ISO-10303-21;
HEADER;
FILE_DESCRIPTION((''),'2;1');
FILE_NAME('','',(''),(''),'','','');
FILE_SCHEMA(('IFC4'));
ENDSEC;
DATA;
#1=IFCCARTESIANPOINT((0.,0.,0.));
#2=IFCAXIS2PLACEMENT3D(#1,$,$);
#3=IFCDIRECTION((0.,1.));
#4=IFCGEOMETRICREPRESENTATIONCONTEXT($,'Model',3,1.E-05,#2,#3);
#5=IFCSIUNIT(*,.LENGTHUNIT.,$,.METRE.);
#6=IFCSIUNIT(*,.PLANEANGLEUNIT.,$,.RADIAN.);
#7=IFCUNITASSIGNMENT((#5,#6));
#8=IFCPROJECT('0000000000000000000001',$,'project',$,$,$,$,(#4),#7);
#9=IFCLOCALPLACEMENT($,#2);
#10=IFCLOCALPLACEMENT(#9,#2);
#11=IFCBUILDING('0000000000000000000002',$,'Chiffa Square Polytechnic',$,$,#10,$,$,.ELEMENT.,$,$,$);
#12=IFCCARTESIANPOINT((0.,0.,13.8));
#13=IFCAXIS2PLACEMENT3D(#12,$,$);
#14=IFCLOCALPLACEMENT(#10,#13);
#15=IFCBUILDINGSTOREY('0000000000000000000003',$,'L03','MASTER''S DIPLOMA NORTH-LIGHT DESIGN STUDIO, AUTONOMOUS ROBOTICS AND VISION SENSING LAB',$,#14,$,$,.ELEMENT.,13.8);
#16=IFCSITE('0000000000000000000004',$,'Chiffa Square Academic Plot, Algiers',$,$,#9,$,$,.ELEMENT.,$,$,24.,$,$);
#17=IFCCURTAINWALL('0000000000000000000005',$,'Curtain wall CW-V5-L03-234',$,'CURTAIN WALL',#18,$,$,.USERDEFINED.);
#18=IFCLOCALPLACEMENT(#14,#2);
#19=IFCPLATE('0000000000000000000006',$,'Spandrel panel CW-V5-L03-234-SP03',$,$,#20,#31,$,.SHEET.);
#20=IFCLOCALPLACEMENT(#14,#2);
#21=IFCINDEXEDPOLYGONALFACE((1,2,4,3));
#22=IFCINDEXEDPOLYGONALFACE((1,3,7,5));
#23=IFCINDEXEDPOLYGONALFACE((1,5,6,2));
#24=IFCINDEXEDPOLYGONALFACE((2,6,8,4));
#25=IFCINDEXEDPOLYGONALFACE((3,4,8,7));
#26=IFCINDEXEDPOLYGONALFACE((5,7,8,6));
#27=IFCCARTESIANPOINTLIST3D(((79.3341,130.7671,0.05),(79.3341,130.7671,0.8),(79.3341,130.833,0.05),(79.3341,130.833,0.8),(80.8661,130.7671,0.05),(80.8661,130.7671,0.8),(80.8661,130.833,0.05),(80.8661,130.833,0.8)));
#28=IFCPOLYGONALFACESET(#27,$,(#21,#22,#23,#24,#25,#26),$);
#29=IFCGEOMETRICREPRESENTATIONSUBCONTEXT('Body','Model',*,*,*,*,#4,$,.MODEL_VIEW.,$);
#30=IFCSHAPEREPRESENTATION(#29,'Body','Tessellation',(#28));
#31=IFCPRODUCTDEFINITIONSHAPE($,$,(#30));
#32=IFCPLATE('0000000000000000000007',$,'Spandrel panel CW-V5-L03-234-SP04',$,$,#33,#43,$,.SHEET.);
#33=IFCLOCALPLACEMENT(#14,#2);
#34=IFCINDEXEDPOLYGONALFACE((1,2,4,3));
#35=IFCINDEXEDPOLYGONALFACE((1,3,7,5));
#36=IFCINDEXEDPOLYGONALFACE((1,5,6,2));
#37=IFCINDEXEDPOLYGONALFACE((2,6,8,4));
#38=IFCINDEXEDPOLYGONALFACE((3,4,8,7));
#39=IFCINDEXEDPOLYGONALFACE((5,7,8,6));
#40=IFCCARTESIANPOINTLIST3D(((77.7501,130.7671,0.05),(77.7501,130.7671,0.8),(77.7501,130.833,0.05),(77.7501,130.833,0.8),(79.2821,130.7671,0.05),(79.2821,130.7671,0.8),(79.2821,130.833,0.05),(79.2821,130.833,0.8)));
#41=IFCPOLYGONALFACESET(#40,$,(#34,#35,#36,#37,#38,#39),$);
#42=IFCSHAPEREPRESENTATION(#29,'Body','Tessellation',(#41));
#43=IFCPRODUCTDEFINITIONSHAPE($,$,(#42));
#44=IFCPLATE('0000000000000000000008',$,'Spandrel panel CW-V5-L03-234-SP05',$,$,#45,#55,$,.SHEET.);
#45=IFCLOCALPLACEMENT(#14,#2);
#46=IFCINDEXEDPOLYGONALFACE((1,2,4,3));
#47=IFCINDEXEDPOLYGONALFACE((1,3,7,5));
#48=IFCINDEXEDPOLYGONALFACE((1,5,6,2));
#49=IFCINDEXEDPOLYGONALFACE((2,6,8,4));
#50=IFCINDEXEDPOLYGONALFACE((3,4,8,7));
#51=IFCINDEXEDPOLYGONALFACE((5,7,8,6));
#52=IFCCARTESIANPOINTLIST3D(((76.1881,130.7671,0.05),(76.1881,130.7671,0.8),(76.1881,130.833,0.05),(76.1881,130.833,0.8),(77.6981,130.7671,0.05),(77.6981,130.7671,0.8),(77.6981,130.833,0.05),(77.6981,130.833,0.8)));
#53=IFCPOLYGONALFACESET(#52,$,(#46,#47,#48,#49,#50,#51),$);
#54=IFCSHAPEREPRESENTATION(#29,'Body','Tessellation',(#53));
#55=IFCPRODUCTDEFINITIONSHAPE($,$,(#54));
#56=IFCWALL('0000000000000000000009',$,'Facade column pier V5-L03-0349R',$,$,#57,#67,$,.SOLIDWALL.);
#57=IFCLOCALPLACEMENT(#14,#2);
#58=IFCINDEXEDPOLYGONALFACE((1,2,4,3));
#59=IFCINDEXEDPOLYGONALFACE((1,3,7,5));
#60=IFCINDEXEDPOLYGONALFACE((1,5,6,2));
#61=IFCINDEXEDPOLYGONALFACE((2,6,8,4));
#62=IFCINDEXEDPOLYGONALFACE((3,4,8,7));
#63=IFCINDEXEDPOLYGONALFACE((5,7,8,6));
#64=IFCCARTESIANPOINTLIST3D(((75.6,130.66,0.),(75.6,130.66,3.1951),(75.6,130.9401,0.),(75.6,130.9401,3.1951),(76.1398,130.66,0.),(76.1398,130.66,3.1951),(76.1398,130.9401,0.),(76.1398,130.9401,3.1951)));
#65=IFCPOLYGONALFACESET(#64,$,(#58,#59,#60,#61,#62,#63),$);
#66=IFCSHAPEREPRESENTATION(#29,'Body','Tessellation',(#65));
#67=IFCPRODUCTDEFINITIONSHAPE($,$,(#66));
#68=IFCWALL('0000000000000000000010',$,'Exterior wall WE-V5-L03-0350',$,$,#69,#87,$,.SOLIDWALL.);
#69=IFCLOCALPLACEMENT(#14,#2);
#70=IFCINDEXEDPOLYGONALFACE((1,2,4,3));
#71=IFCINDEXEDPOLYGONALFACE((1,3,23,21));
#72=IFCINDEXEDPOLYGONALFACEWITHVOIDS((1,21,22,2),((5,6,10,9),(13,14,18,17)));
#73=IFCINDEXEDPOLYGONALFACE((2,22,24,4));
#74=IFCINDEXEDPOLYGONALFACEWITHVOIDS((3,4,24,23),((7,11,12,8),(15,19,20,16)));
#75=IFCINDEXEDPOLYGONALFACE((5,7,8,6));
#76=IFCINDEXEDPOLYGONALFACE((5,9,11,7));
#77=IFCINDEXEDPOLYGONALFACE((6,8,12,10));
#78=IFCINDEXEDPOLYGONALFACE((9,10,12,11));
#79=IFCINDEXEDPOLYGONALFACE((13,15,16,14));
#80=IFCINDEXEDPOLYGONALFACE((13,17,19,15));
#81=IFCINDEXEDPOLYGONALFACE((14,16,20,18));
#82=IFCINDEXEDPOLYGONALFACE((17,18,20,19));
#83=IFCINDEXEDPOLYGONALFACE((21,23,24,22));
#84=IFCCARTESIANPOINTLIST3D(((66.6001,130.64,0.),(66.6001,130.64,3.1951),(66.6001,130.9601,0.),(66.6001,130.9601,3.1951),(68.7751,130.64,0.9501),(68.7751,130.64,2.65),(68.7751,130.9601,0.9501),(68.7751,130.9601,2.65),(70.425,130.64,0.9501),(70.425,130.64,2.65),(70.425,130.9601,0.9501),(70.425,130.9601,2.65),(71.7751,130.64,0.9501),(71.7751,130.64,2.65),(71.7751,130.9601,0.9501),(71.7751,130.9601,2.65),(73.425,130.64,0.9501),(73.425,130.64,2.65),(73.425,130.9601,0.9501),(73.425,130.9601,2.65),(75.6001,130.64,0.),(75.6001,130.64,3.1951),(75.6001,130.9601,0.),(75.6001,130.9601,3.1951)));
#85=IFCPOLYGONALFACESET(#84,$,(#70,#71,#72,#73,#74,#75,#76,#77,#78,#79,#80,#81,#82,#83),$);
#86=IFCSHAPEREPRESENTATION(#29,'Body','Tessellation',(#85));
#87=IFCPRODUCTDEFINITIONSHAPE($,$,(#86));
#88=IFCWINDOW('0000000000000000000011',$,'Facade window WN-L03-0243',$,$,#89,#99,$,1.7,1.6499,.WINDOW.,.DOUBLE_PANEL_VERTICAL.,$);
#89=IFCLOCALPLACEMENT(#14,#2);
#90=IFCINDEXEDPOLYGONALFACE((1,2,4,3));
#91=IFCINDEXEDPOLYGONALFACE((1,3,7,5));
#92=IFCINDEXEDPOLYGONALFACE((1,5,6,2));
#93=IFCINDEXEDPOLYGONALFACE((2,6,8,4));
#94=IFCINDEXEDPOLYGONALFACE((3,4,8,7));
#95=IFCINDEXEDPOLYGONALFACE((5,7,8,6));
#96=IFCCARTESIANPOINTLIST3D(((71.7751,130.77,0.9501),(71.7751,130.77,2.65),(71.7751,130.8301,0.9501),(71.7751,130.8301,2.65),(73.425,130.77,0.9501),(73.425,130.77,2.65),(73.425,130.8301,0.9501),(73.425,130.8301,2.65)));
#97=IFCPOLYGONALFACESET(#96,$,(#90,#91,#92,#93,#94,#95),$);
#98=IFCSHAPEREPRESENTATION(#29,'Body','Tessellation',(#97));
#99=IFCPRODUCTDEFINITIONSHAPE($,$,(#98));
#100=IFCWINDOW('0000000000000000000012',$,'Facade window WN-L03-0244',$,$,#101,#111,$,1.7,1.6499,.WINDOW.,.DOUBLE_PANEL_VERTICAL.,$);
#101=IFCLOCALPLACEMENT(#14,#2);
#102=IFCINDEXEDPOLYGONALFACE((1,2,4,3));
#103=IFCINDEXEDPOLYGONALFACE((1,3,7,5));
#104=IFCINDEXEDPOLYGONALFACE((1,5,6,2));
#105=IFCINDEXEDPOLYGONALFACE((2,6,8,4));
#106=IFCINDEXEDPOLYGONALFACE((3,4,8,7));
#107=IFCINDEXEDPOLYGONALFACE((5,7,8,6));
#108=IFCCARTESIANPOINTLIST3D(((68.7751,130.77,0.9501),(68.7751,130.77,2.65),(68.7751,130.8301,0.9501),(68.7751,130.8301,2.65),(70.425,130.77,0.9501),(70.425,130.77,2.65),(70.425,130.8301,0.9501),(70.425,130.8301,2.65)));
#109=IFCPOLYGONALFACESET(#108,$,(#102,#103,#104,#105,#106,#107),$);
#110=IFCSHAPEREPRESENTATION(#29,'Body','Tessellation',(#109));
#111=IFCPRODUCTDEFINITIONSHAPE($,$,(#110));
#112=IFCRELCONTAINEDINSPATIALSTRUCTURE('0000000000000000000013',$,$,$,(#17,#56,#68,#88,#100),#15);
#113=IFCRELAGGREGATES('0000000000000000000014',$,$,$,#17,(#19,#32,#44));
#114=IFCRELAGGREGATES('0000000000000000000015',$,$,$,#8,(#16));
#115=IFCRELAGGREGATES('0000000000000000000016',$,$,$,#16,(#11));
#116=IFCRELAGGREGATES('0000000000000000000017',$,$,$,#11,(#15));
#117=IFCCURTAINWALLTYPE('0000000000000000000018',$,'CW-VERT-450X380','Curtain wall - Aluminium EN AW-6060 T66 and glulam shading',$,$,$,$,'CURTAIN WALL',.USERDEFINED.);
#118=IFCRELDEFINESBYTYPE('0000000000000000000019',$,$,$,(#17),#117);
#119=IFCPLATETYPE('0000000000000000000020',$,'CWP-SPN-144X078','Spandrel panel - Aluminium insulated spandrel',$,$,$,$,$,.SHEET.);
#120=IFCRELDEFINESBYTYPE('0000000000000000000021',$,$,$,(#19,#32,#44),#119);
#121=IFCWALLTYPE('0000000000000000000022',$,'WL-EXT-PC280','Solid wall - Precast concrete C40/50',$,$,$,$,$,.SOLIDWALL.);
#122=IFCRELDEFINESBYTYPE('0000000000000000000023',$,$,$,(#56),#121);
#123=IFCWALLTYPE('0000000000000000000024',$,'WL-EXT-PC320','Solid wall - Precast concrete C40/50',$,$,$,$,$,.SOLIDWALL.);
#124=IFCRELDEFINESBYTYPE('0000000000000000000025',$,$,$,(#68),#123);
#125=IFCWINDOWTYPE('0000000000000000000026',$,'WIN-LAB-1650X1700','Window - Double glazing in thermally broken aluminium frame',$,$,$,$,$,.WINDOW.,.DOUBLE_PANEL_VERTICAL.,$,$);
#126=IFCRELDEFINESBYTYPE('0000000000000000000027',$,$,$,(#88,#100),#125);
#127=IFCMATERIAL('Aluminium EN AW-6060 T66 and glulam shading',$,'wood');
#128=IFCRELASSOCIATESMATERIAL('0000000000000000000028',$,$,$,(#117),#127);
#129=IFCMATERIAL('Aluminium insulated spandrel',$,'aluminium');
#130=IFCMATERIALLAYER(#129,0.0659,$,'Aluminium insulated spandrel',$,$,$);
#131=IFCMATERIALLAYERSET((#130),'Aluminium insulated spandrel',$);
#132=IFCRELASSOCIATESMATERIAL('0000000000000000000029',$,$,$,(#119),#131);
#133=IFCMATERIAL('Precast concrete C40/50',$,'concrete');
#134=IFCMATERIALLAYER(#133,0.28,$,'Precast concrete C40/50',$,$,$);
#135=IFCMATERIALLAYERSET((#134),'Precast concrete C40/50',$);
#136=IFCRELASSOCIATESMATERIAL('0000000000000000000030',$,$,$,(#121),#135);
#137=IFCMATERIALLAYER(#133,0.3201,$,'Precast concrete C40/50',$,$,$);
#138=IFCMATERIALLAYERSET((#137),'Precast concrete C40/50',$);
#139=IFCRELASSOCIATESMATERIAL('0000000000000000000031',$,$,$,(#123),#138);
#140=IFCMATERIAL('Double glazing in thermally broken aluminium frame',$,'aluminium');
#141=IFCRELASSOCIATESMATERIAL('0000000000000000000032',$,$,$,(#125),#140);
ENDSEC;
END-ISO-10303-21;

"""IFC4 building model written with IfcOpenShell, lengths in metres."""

from ifc_helpers import new_model, si_unit, direction, frame, frame_2d, origin, origin_2d, place, context, subcontext, project, spatial, rectangle, extrude, material, layer, layer_set, type_object, element, fill, aggregate, save


model = new_model("IFC4")

# Units and contexts
model_context = context("Model", 3, precision=1e-05, world=origin(), true_north=direction((0.0, 1.0)))
body_context = subcontext(model_context, "Body", "Model", "MODEL_VIEW")
ifc_project = project(units=[si_unit("LENGTHUNIT", "METRE"), si_unit("PLANEANGLEUNIT", "RADIAN")], contexts=[model_context])

# Site, building, storey
site_placement = place(None, origin())
site = spatial("IfcSite", under=ifc_project, at=site_placement, Name="Chiffa Square Academic Plot, Algiers", CompositionType="ELEMENT", RefElevation=24.0)
building_placement = place(site_placement, origin())
building = spatial("IfcBuilding", under=site, at=building_placement, Name="Chiffa Square Polytechnic", CompositionType="ELEMENT")
storey_placement = place(building_placement, frame((0.0, 0.0, 13.8)))
storey = spatial("IfcBuildingStorey", under=building, at=storey_placement, Name="L03", Description="MASTER'S DIPLOMA NORTH-LIGHT DESIGN STUDIO, AUTONOMOUS ROBOTICS AND VISION SENSING LAB", CompositionType="ELEMENT", Elevation=13.8)

# Curtain wall, plates
ifc_material_1 = material(Name="Aluminium EN AW-6060 T66 and glulam shading", Category="wood")
curtain_wall_type = type_object("IfcCurtainWallType", Name="CW-VERT-450X380", Description="Curtain wall - Aluminium EN AW-6060 T66 and glulam shading", ElementType="CURTAIN WALL", PredefinedType="USERDEFINED", material=ifc_material_1)
curtain_wall_placement = place(storey_placement, origin())
curtain_wall = element("IfcCurtainWall", 1, at=curtain_wall_placement, inside=storey, type_object=curtain_wall_type, Name="Curtain wall CW-V5-L03-234", ObjectType="CURTAIN WALL", PredefinedType="USERDEFINED")
ifc_material_2 = material(Name="Aluminium insulated spandrel", Category="aluminium")
ifc_layer_1 = layer(ifc_material_2, 0.0659, Name="Aluminium insulated spandrel")
ifc_layer_set_1 = layer_set([ifc_layer_1], Name="Aluminium insulated spandrel")
plate_type_1 = type_object("IfcPlateType", Name="CWP-SPN-144X078", Description="Spandrel panel - Aluminium insulated spandrel", PredefinedType="SHEET", material=ifc_layer_set_1)
plate_1_placement = place(storey_placement, frame((80.1001, 130.8, 0.05), z_axis=(0.0, 0.0, 1.0), x_axis=(-1.0, 0.0, 0.0)))
plate_1 = element("IfcPlate", 2, at=plate_1_placement, type_object=plate_type_1, Name="Spandrel panel CW-V5-L03-234-SP03", PredefinedType="SHEET", context=body_context, shape_type="SweptSolid", body=[
    extrude(rectangle(XDim=1.532, YDim=0.0659, at=origin_2d()), origin(), (0.0, 0.0, 1.0), 0.75),
])
plate_2_placement = place(storey_placement, frame((78.5161, 130.8, 0.05), z_axis=(0.0, 0.0, 1.0), x_axis=(-1.0, 0.0, 0.0)))
plate_2 = element("IfcPlate", 3, at=plate_2_placement, type_object=plate_type_1, Name="Spandrel panel CW-V5-L03-234-SP04", PredefinedType="SHEET", context=body_context, shape_type="SweptSolid", body=[
    extrude(rectangle(XDim=1.532, YDim=0.0659, at=origin_2d()), origin(), (0.0, 0.0, 1.0), 0.75),
])
plate_3_placement = place(storey_placement, frame((76.9431, 130.8, 0.05), z_axis=(0.0, 0.0, 1.0), x_axis=(-1.0, 0.0, 0.0)))
plate_3 = element("IfcPlate", 4, at=plate_3_placement, type_object=plate_type_1, Name="Spandrel panel CW-V5-L03-234-SP05", PredefinedType="SHEET", context=body_context, shape_type="SweptSolid", body=[
    extrude(rectangle(XDim=1.51, YDim=0.0659, at=origin_2d()), origin(), (0.0, 0.0, 1.0), 0.75),
])
aggregate(curtain_wall, [plate_1, plate_2, plate_3])

# Wall
ifc_material_3 = material(Name="Precast concrete C40/50", Category="concrete")
ifc_layer_2 = layer(ifc_material_3, 0.28, Name="Precast concrete C40/50")
ifc_layer_set_2 = layer_set([ifc_layer_2], Name="Precast concrete C40/50")
wall_type_1 = type_object("IfcWallType", Name="WL-EXT-PC280", Description="Solid wall - Precast concrete C40/50", PredefinedType="SOLIDWALL", material=ifc_layer_set_2)
wall_1_placement = place(storey_placement, frame((76.1399, 130.8, 0.0), z_axis=(0.0, 0.0, 1.0), x_axis=(-1.0, 0.0, 0.0)))
element("IfcWall", 5, at=wall_1_placement, inside=storey, type_object=wall_type_1, Name="Facade column pier V5-L03-0349R", PredefinedType="SOLIDWALL", context=body_context, shape_type="SweptSolid", body=[
    extrude(rectangle(XDim=0.5398, YDim=0.28, at=frame_2d((0.27, 0.0))), origin(), (0.0, 0.0, 1.0), 3.1951),
])

# Wall, openings, windows
ifc_layer_3 = layer(ifc_material_3, 0.3201, Name="Precast concrete C40/50")
ifc_layer_set_3 = layer_set([ifc_layer_3], Name="Precast concrete C40/50")
wall_type_2 = type_object("IfcWallType", Name="WL-EXT-PC320", Description="Solid wall - Precast concrete C40/50", PredefinedType="SOLIDWALL", material=ifc_layer_set_3)
wall_2_placement = place(storey_placement, frame((75.6001, 130.8, 0.0), z_axis=(0.0, 0.0, 1.0), x_axis=(-1.0, 0.0, 0.0)))
wall_2 = element("IfcWall", 6, at=wall_2_placement, inside=storey, type_object=wall_type_2, Name="Exterior wall WE-V5-L03-0350", PredefinedType="SOLIDWALL", context=body_context, shape_type="SweptSolid", body=[
    extrude(rectangle(XDim=9.0, YDim=0.3201, at=frame_2d((4.5, 0.0))), origin(), (0.0, 0.0, 1.0), 3.1951),
])
opening_1_placement = place(wall_2_placement, frame((2.175, 0.0, 0.95)))
opening_1 = element("IfcOpeningElement", 7, at=opening_1_placement, cuts=wall_2, PredefinedType="OPENING", context=body_context, shape_type="SweptSolid", body=[
    extrude(rectangle(XDim=1.6499, YDim=1.7, at=frame_2d((0.825, 0.8501))), frame((0.0, 0.1699, 0.0), z_axis=(0.0, -1.0, 0.0), x_axis=(1.0, 0.0, 0.0)), (0.0, 0.0, 1.0), 0.3401),
])
opening_2_placement = place(wall_2_placement, frame((5.175, 0.0, 0.95)))
opening_2 = element("IfcOpeningElement", 8, at=opening_2_placement, cuts=wall_2, PredefinedType="OPENING", context=body_context, shape_type="SweptSolid", body=[
    extrude(rectangle(XDim=1.6499, YDim=1.7, at=frame_2d((0.825, 0.8501))), frame((0.0, 0.1699, 0.0), z_axis=(0.0, -1.0, 0.0), x_axis=(1.0, 0.0, 0.0)), (0.0, 0.0, 1.0), 0.3401),
])
ifc_material_4 = material(Name="Double glazing in thermally broken aluminium frame", Category="aluminium")
window_type = type_object("IfcWindowType", Name="WIN-LAB-1650X1700", Description="Window - Double glazing in thermally broken aluminium frame", PartitioningType="DOUBLE_PANEL_VERTICAL", PredefinedType="WINDOW", material=ifc_material_4)
window_1_placement = place(opening_1_placement, origin())
window_1 = element("IfcWindow", 9, at=window_1_placement, inside=storey, type_object=window_type, Name="Facade window WN-L03-0243", OverallHeight=1.7, OverallWidth=1.6499, PartitioningType="DOUBLE_PANEL_VERTICAL", PredefinedType="WINDOW", context=body_context, shape_type="SweptSolid", body=[
    extrude(rectangle(XDim=1.6499, YDim=1.7, at=frame_2d((0.825, 0.8501))), frame((0.0, 0.03, 0.0), z_axis=(0.0, -1.0, 0.0), x_axis=(1.0, 0.0, 0.0)), (0.0, 0.0, 1.0), 0.0601),
])
fill(opening_1, window_1)
window_2_placement = place(opening_2_placement, origin())
window_2 = element("IfcWindow", 10, at=window_2_placement, inside=storey, type_object=window_type, Name="Facade window WN-L03-0244", OverallHeight=1.7, OverallWidth=1.6499, PartitioningType="DOUBLE_PANEL_VERTICAL", PredefinedType="WINDOW", context=body_context, shape_type="SweptSolid", body=[
    extrude(rectangle(XDim=1.6499, YDim=1.7, at=frame_2d((0.825, 0.8501))), frame((0.0, 0.03, 0.0), z_axis=(0.0, -1.0, 0.0), x_axis=(1.0, 0.0, 0.0)), (0.0, 0.0, 1.0), 0.0601),
])
fill(opening_2, window_2)

save(model, "model.ifc")
